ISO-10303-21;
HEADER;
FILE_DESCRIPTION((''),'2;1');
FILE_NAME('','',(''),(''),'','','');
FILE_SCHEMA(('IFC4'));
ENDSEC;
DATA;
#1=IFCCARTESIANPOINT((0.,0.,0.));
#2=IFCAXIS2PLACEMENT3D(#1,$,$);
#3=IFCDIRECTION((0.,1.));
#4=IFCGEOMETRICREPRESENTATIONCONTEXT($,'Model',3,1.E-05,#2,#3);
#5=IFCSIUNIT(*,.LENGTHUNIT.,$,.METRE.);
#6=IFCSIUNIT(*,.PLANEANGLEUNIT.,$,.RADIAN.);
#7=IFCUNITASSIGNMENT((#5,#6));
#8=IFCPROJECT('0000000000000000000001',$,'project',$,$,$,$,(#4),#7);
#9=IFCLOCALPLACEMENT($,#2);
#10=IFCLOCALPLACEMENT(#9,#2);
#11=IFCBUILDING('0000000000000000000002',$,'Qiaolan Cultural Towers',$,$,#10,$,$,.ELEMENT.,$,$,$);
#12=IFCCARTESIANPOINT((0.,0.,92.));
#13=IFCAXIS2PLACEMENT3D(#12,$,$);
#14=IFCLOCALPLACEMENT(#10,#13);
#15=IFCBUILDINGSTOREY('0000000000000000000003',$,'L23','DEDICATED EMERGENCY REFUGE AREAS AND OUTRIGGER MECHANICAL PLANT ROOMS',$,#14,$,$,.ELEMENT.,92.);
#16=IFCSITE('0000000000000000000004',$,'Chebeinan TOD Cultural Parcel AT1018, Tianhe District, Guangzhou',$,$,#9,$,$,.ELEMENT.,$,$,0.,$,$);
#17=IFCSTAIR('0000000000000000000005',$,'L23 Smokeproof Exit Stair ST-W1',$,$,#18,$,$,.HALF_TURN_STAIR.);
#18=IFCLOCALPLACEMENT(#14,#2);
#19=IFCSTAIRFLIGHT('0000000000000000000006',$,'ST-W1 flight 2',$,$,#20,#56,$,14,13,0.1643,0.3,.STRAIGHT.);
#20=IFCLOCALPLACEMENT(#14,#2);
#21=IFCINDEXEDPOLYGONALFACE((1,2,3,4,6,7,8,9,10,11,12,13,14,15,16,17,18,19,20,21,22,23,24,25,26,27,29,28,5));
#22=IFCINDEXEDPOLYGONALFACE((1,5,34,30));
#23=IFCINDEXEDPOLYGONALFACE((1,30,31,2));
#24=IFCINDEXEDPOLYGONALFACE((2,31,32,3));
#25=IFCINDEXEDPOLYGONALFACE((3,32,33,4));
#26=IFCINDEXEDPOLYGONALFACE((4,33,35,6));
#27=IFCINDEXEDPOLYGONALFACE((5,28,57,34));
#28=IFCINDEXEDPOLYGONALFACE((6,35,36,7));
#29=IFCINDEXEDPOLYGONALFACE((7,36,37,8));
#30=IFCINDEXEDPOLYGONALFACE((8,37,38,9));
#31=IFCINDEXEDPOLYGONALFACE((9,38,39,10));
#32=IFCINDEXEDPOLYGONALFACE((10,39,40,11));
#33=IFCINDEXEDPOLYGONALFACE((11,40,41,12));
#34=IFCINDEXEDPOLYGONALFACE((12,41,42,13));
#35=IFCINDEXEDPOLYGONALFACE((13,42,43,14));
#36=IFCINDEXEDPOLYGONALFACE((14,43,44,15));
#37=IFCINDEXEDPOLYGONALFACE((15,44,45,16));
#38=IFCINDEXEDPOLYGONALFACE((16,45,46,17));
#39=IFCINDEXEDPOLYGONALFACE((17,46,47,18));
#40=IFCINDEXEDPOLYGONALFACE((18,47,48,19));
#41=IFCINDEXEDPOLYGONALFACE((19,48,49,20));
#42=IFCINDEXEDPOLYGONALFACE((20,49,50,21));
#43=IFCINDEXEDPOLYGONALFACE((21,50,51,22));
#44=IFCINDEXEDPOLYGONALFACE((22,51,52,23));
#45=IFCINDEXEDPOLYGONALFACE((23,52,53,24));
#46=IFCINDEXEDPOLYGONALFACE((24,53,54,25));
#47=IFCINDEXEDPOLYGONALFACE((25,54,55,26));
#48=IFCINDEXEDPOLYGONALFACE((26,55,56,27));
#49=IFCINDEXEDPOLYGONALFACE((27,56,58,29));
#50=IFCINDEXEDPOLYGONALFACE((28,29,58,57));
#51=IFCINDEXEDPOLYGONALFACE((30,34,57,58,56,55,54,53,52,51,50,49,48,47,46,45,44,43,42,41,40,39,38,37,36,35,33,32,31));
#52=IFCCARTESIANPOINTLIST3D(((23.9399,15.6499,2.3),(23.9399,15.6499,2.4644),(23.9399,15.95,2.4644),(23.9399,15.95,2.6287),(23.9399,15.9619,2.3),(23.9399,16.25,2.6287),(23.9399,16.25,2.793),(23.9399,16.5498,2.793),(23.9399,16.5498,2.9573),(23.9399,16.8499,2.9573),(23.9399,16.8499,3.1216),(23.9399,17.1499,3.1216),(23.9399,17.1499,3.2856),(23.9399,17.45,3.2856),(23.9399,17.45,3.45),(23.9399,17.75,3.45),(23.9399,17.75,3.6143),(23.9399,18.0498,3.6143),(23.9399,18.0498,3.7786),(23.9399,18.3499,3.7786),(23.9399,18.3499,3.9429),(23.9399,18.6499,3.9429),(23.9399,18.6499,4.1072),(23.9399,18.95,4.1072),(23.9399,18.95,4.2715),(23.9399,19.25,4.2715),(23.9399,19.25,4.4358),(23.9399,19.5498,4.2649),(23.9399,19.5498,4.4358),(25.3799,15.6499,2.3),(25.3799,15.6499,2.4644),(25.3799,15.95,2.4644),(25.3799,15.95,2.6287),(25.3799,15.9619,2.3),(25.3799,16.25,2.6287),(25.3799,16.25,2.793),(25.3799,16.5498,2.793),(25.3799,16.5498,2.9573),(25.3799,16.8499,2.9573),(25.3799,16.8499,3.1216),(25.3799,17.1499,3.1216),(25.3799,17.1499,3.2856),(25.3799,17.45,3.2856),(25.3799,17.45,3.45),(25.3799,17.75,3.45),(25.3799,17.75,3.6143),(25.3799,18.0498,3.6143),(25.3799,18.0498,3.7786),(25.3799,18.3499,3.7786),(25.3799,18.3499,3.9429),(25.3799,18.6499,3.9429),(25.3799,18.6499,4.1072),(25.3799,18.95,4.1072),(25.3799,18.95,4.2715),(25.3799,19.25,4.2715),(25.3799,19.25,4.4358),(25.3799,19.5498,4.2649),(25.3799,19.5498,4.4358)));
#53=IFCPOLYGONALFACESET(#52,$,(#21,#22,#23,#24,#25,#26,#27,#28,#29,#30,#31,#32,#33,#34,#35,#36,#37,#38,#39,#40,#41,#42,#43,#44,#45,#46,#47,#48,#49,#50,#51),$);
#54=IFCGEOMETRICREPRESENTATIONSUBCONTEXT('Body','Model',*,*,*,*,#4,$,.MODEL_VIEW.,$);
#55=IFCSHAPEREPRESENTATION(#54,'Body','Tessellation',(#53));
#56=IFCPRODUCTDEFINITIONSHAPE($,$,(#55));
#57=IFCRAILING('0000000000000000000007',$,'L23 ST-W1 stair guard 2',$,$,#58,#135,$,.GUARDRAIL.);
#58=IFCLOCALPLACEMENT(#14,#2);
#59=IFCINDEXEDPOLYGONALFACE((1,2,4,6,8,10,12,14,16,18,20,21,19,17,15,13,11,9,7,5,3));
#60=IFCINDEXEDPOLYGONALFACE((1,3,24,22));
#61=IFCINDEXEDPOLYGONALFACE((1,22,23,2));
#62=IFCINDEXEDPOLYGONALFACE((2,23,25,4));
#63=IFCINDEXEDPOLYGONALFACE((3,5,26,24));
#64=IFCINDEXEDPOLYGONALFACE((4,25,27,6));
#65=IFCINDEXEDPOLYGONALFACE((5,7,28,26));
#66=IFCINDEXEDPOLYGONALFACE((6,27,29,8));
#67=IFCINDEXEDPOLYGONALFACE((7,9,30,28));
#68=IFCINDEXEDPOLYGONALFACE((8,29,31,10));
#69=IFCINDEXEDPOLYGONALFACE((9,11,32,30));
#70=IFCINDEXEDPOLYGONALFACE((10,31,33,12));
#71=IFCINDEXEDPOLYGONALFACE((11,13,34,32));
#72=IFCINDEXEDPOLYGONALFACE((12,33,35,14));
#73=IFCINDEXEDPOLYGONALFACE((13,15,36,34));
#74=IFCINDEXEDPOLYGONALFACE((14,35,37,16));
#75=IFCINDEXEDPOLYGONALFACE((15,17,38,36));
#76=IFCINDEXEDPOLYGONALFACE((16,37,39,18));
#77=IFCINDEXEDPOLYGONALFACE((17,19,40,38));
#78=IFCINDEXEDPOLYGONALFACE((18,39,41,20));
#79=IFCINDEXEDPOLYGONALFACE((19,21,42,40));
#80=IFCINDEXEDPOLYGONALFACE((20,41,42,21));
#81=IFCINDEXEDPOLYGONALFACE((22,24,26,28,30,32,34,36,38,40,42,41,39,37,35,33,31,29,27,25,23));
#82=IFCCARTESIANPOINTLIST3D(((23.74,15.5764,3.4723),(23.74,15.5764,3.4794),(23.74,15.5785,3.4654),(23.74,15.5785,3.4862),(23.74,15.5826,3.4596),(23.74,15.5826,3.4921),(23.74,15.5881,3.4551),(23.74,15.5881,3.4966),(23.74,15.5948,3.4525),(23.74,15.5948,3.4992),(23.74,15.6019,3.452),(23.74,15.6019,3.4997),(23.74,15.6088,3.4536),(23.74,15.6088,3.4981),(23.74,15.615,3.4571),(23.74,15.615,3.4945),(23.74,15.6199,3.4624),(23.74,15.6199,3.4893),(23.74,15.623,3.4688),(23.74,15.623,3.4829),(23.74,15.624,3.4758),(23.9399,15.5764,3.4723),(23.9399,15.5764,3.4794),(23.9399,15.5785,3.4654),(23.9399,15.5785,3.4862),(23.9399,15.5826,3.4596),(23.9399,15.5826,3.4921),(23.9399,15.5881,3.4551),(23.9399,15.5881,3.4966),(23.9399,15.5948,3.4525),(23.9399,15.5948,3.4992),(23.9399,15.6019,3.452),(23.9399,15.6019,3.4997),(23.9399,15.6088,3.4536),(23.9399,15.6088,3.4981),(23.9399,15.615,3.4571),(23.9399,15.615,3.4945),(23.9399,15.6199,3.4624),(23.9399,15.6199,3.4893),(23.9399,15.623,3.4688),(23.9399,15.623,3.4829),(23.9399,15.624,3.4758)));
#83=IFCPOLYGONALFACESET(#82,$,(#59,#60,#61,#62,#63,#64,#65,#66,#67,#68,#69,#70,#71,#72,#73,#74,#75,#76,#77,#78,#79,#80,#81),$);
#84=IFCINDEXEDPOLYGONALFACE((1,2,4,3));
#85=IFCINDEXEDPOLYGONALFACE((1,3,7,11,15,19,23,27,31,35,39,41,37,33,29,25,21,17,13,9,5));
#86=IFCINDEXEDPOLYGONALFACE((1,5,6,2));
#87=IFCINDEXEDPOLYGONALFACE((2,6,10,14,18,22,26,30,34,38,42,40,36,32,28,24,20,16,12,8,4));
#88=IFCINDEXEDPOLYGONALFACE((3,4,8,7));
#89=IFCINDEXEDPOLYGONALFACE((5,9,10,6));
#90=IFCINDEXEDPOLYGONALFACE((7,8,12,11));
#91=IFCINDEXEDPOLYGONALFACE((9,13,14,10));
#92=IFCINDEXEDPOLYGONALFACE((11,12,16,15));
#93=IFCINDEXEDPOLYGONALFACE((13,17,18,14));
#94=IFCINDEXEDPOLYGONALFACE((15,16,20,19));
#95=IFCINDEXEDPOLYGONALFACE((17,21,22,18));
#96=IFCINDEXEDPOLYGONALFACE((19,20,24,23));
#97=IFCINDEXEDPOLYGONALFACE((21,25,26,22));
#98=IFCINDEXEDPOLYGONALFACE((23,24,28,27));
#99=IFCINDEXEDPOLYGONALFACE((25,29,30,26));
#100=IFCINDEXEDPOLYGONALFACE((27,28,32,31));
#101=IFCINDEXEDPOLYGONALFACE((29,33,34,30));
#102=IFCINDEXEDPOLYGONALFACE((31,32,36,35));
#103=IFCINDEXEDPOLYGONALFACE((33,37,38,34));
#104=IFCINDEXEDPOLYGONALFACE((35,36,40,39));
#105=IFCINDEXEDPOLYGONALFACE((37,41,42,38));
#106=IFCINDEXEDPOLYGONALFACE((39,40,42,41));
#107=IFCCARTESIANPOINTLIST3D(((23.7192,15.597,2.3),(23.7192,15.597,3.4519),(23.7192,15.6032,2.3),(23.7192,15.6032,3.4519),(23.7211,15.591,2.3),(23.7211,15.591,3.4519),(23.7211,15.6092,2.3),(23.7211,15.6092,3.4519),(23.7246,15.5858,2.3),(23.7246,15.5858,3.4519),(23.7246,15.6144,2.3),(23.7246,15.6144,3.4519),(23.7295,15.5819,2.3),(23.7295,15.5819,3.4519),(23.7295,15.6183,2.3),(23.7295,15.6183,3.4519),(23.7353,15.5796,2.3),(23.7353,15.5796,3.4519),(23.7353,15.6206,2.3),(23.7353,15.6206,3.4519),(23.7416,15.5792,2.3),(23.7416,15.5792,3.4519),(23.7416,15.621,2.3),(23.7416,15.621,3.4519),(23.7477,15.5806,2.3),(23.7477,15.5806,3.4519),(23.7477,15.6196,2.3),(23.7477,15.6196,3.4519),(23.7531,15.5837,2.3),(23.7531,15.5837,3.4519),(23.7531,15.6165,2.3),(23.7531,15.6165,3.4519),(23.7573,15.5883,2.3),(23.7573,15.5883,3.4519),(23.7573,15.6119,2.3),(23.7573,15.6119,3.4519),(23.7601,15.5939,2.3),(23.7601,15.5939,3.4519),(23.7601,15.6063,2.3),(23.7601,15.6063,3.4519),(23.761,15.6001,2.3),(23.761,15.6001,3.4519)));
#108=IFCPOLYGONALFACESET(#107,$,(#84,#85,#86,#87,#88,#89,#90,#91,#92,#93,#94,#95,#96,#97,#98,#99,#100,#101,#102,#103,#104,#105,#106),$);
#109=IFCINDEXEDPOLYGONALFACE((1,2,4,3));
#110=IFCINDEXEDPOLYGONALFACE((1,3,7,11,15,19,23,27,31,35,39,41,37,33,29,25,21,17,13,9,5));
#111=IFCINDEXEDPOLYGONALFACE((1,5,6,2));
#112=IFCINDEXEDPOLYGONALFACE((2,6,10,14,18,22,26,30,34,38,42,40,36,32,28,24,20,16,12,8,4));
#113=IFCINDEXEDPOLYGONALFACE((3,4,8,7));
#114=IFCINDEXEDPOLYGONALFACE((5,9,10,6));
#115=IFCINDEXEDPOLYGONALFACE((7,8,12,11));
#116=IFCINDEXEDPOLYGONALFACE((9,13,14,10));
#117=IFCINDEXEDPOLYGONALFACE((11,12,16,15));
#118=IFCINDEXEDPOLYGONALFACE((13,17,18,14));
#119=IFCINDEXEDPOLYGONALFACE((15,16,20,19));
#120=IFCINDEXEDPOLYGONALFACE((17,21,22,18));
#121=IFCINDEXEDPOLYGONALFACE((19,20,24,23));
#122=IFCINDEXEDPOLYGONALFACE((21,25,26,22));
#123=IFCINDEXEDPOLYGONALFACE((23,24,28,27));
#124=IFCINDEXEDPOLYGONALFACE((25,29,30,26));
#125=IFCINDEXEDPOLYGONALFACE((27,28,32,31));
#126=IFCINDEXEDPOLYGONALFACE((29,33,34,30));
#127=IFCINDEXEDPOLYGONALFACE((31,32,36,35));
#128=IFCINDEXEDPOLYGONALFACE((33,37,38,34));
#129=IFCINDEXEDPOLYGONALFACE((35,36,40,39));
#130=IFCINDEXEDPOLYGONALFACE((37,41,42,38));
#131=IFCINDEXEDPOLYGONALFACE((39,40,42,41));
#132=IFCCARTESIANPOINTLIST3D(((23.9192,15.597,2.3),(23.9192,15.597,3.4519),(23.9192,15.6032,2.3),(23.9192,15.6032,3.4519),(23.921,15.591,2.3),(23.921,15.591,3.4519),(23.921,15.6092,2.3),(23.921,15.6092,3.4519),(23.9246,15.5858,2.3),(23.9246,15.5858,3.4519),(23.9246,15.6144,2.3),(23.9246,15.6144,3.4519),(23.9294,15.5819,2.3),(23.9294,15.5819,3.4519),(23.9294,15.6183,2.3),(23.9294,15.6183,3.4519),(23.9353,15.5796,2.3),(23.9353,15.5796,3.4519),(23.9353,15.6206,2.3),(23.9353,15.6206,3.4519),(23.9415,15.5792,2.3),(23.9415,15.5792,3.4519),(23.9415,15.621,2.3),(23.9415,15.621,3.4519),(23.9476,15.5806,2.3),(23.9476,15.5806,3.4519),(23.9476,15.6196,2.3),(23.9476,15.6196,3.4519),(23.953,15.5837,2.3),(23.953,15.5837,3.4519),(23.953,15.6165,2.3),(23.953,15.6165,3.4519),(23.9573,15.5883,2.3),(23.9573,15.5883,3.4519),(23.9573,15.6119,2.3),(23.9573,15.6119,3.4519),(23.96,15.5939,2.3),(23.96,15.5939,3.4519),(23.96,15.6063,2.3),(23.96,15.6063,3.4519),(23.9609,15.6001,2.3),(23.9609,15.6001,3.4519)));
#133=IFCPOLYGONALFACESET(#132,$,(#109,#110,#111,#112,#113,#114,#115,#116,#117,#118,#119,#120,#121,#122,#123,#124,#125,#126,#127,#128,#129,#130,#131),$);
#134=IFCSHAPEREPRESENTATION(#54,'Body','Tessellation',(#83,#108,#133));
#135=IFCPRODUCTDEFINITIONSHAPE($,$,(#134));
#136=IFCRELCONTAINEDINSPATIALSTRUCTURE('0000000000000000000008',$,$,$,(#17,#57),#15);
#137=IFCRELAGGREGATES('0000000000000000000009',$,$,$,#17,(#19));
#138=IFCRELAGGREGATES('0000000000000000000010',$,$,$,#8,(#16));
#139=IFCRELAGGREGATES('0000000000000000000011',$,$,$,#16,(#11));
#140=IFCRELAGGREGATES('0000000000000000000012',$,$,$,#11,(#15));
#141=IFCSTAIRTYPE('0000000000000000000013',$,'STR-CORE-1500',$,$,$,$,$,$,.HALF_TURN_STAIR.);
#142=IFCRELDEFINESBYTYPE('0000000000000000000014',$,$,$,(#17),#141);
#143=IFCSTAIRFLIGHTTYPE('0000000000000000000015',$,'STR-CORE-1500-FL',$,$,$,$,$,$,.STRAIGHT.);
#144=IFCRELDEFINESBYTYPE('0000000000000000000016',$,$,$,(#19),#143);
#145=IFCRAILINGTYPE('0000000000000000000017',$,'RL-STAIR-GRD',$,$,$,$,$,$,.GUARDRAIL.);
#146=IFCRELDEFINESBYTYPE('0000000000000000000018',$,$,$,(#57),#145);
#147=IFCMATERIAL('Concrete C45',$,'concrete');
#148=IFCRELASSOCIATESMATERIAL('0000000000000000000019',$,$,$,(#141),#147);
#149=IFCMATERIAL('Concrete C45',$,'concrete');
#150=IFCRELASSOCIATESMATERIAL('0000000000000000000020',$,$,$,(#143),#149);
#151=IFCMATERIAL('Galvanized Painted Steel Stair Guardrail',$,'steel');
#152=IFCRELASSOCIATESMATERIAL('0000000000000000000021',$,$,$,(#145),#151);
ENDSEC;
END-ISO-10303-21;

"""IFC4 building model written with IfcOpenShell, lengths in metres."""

from ifc_helpers import new_model, si_unit, direction, frame, origin, origin_2d, place, context, subcontext, project, spatial, polyline, circle, outline, extrude, material, type_object, element, aggregate, save


model = new_model("IFC4")

# Units and contexts
model_context = context("Model", 3, precision=1e-05, world=origin(), true_north=direction((0.0, 1.0)))
body_context = subcontext(model_context, "Body", "Model", "MODEL_VIEW")
ifc_project = project(units=[si_unit("LENGTHUNIT", "METRE"), si_unit("PLANEANGLEUNIT", "RADIAN")], contexts=[model_context])

# Site, building, storey
site_placement = place(None, origin())
site = spatial("IfcSite", under=ifc_project, at=site_placement, Name="Chebeinan TOD Cultural Parcel AT1018, Tianhe District, Guangzhou", CompositionType="ELEMENT", RefElevation=0.0)
building_placement = place(site_placement, origin())
building = spatial("IfcBuilding", under=site, at=building_placement, Name="Qiaolan Cultural Towers", CompositionType="ELEMENT")
storey_placement = place(building_placement, frame((0.0, 0.0, 92.0)))
storey = spatial("IfcBuildingStorey", under=building, at=storey_placement, Name="L23", Description="DEDICATED EMERGENCY REFUGE AREAS AND OUTRIGGER MECHANICAL PLANT ROOMS", CompositionType="ELEMENT", Elevation=92.0)

# Stair, stair flight
ifc_material_1 = material(Name="Concrete C45", Category="concrete")
stair_type = type_object("IfcStairType", Name="STR-CORE-1500", PredefinedType="HALF_TURN_STAIR", material=ifc_material_1)
stair_placement = place(storey_placement, origin())
stair = element("IfcStair", 1, at=stair_placement, inside=storey, type_object=stair_type, Name="L23 Smokeproof Exit Stair ST-W1", PredefinedType="HALF_TURN_STAIR")
ifc_material_2 = material(Name="Concrete C45", Category="concrete")
stair_flight_type = type_object("IfcStairFlightType", Name="STR-CORE-1500-FL", PredefinedType="STRAIGHT", material=ifc_material_2)
stair_flight_placement = place(storey_placement, frame((24.6599, 15.6499, 2.3), z_axis=(0.0, 0.0, 1.0), x_axis=(0.0, 1.0, 0.0)))
stair_flight = element("IfcStairFlight", 2, at=stair_flight_placement, type_object=stair_flight_type, Name="ST-W1 flight 2", NumberOfRisers=14, NumberOfTreads=13, PredefinedType="STRAIGHT", RiserHeight=0.1643, TreadLength=0.3, context=body_context, shape_type="SweptSolid", body=[
    extrude(outline(polyline([(0.0, 0.0), (0.0, 0.1643), (0.3, 0.1643), (0.3, 0.3286), (0.6001, 0.3286), (0.6001, 0.4929), (0.8999, 0.4929), (0.8999, 0.6572), (1.2, 0.6572), (1.2, 0.8215), (1.5, 0.8215), (1.5, 0.9856), (1.8, 0.9856), (1.8, 1.1499), (2.1001, 1.1499), (2.1001, 1.3142), (2.3999, 1.3142), (2.3999, 1.4785), (2.7, 1.4785), (2.7, 1.6428), (3.0, 1.6428), (3.0, 1.8071), (3.3, 1.8071), (3.3, 1.9714), (3.6001, 1.9714), (3.6001, 2.1357), (3.8999, 2.1357), (3.8999, 2.3), (3.8999, 1.9648), (0.312, 0.0), (0.0, 0.0)])), frame((0.0, 0.72, 0.0), z_axis=(0.0, -1.0, 0.0), x_axis=(1.0, 0.0, 0.0)), (0.0, 0.0, 1.0), 1.4399),
])
aggregate(stair, [stair_flight])

# Railing
ifc_material_3 = material(Name="Galvanized Painted Steel Stair Guardrail", Category="steel")
railing_type_1 = type_object("IfcRailingType", Name="RL-STAIR-GRD", PredefinedType="GUARDRAIL", material=ifc_material_3)
railing_1_placement = place(storey_placement, frame((23.74, 15.6001, 2.3)))
element("IfcRailing", 3, at=railing_1_placement, inside=storey, type_object=railing_type_1, Name="L23 ST-W1 stair guard 2", PredefinedType="GUARDRAIL", context=body_context, shape_type="SweptSolid", body=[
    extrude(circle(Radius=0.0239, at=origin_2d()), frame((0.0, 0.0, 1.1758), z_axis=(1.0, 0.0, 0.0), x_axis=(0.0, 1.0, 0.0)), (0.0, 0.0, 1.0), 0.2),
    extrude(circle(Radius=0.021, at=origin_2d()), origin(), (0.0, 0.0, 1.0), 1.1519),
    extrude(circle(Radius=0.021, at=origin_2d()), frame((0.2, 0.0, 0.0)), (0.0, 0.0, 1.0), 1.1519),
])

save(model, "model.ifc")
